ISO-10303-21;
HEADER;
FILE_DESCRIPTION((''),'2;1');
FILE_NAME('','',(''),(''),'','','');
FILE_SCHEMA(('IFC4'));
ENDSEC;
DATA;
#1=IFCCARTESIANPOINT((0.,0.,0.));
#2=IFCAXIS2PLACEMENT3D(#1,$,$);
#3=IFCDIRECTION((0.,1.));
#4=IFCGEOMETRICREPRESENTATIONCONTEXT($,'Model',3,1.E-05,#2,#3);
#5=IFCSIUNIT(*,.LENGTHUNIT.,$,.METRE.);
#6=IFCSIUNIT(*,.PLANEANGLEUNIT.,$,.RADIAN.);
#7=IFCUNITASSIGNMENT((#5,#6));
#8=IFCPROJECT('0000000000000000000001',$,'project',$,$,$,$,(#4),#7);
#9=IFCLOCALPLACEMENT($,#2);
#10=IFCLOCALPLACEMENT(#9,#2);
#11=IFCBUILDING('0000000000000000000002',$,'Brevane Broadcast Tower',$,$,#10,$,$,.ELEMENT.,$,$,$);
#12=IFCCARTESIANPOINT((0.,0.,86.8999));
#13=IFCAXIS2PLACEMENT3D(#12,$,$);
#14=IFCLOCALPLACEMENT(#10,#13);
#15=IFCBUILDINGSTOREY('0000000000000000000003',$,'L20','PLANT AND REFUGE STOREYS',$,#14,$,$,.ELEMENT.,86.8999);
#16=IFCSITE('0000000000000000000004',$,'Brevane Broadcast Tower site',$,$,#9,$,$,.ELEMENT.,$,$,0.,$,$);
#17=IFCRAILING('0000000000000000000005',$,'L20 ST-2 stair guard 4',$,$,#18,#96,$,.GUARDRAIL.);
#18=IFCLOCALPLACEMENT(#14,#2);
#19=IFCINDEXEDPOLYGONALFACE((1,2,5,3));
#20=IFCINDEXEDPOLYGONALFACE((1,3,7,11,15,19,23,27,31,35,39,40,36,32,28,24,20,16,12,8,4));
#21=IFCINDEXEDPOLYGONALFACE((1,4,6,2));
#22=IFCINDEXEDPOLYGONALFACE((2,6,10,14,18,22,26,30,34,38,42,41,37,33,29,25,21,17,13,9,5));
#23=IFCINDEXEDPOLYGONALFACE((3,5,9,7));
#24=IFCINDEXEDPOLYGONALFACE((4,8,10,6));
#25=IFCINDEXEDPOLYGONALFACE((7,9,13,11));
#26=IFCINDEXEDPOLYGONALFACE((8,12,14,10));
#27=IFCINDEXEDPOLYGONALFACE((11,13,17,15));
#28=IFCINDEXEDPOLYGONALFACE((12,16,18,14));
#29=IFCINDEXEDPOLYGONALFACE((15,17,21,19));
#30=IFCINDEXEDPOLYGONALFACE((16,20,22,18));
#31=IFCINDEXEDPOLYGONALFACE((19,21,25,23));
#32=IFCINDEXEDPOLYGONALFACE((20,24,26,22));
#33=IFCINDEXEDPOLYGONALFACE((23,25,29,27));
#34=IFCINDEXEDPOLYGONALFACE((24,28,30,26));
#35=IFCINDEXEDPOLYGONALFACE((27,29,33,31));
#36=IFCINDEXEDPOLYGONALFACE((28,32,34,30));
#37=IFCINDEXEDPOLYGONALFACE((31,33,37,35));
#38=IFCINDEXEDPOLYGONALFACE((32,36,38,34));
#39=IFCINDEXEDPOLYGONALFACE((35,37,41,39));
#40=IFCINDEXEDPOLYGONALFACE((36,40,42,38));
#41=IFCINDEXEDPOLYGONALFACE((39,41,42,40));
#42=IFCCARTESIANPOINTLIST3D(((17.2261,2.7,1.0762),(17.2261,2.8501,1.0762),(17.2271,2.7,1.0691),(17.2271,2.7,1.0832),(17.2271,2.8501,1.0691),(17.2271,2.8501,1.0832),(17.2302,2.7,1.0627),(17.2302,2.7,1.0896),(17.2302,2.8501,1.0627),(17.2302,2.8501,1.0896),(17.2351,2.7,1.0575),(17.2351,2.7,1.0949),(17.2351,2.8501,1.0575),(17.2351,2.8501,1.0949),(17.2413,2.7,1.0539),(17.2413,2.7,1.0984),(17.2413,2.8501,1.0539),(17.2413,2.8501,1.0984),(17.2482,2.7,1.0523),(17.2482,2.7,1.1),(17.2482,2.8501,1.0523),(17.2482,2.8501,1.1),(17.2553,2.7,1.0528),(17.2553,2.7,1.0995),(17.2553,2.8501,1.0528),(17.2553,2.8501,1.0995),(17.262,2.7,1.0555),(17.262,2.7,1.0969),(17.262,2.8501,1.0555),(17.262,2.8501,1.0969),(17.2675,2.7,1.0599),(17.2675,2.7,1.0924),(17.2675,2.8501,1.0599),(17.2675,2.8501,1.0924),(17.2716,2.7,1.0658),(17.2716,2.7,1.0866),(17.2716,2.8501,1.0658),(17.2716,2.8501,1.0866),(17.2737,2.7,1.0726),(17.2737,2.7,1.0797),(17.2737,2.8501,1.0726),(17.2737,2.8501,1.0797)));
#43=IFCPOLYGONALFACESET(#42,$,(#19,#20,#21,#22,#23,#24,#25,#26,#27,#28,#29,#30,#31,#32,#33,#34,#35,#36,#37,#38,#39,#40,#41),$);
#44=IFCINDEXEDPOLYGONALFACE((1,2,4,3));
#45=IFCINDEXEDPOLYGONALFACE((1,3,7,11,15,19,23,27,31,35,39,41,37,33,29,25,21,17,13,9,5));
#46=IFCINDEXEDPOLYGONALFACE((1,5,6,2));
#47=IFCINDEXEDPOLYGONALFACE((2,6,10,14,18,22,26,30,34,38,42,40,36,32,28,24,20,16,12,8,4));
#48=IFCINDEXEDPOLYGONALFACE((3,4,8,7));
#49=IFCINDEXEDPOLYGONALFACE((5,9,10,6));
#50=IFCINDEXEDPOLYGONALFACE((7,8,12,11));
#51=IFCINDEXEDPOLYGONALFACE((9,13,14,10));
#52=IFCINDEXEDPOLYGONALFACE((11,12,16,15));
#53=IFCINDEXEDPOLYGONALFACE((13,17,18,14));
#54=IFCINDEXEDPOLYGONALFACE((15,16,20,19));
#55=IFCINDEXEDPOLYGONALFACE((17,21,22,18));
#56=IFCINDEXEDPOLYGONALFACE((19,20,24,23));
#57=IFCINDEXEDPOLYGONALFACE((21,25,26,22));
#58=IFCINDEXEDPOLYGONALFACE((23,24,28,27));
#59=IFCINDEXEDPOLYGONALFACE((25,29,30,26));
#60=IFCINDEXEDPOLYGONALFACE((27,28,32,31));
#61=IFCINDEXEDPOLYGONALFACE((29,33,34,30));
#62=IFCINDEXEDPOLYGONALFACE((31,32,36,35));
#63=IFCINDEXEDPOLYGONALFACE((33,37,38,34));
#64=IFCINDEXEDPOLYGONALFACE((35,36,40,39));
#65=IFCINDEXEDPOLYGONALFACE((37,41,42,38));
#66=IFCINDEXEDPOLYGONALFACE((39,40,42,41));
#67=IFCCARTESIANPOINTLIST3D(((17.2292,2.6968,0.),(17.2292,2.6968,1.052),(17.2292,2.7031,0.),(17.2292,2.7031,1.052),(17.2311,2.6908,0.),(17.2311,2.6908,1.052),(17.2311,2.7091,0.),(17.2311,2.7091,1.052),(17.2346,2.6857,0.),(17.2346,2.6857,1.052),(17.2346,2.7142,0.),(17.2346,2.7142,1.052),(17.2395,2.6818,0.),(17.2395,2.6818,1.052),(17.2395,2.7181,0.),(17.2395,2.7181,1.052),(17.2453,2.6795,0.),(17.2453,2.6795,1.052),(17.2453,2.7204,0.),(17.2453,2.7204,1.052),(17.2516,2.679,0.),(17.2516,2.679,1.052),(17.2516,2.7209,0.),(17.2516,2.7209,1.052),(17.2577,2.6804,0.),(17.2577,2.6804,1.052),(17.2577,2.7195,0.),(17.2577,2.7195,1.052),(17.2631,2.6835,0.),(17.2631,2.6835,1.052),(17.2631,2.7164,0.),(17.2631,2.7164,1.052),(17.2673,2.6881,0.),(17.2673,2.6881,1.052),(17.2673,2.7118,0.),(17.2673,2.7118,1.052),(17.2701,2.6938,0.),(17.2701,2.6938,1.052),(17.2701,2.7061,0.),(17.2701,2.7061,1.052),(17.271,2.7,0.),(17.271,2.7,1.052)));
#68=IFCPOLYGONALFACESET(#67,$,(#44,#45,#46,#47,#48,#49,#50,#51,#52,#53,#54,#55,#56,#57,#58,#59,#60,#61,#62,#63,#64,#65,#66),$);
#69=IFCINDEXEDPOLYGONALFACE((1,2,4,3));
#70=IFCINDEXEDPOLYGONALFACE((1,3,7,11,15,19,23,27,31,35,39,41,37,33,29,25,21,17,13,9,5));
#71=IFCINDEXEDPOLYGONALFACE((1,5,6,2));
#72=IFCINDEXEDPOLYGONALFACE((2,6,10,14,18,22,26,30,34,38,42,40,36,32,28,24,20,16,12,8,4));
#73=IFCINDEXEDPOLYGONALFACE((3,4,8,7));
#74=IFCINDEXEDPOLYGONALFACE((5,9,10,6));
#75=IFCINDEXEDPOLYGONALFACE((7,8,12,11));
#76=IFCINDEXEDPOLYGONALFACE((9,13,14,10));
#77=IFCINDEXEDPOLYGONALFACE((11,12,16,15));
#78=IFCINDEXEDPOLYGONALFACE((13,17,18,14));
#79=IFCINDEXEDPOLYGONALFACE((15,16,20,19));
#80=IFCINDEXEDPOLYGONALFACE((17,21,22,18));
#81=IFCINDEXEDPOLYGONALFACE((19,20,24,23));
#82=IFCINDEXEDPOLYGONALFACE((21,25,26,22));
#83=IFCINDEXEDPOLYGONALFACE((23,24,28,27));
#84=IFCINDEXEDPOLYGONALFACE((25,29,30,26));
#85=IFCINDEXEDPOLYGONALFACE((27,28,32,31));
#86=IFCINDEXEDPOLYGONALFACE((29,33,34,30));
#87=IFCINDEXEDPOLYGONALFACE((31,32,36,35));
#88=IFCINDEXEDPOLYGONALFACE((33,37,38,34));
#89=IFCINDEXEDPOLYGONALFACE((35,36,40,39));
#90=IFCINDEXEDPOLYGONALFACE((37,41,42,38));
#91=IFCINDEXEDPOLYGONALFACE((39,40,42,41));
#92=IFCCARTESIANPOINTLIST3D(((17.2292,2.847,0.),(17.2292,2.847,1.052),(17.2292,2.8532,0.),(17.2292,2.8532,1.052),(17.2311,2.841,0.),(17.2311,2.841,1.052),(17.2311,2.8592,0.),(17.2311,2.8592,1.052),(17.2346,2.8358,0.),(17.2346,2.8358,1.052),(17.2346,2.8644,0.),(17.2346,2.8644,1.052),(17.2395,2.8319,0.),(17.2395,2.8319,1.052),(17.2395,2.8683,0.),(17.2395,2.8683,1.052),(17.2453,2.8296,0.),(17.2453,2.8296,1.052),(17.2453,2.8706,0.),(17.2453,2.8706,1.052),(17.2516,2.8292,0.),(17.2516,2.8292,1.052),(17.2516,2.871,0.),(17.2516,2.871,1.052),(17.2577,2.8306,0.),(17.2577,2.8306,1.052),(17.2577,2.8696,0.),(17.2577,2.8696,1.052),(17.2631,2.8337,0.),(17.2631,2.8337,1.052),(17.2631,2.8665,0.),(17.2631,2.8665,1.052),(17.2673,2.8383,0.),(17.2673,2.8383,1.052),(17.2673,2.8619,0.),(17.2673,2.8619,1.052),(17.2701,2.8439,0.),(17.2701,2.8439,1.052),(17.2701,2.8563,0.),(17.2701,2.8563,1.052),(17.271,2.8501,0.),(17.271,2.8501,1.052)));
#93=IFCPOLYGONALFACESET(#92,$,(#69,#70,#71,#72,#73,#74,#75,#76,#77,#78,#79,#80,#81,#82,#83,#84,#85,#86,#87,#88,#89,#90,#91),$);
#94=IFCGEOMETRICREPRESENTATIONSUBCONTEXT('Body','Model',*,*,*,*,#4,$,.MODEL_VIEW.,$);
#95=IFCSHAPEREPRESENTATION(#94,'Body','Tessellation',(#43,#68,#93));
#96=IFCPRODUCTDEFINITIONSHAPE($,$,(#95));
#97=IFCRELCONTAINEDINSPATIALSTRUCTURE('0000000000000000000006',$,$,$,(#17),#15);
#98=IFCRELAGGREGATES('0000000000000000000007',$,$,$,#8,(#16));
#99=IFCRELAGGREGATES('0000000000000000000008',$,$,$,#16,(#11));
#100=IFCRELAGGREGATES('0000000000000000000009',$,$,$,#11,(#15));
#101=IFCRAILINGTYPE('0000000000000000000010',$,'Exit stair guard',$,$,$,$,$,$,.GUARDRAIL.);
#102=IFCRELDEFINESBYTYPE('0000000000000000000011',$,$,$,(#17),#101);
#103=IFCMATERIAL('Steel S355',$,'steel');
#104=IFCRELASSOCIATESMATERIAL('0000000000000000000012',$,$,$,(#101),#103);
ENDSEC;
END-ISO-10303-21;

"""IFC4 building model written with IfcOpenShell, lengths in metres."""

from ifc_helpers import new_model, si_unit, direction, frame, origin, origin_2d, place, context, subcontext, project, spatial, circle, extrude, material, type_object, element, save


model = new_model("IFC4")

# Units and contexts
model_context = context("Model", 3, precision=1e-05, world=origin(), true_north=direction((0.0, 1.0)))
body_context = subcontext(model_context, "Body", "Model", "MODEL_VIEW")
ifc_project = project(units=[si_unit("LENGTHUNIT", "METRE"), si_unit("PLANEANGLEUNIT", "RADIAN")], contexts=[model_context])

# Site, building, storey
site_placement = place(None, origin())
site = spatial("IfcSite", under=ifc_project, at=site_placement, Name="Brevane Broadcast Tower site", CompositionType="ELEMENT", RefElevation=0.0)
building_placement = place(site_placement, origin())
building = spatial("IfcBuilding", under=site, at=building_placement, Name="Brevane Broadcast Tower", CompositionType="ELEMENT")
storey_placement = place(building_placement, frame((0.0, 0.0, 86.8999)))
storey = spatial("IfcBuildingStorey", under=building, at=storey_placement, Name="L20", Description="PLANT AND REFUGE STOREYS", CompositionType="ELEMENT", Elevation=86.8999)

# Railing
ifc_material_1 = material(Name="Steel S355", Category="steel")
railing_type = type_object("IfcRailingType", Name="Exit stair guard", PredefinedType="GUARDRAIL", material=ifc_material_1)
railing_1_placement = place(storey_placement, frame((17.25, 2.7, 0.0)))
element("IfcRailing", 1, at=railing_1_placement, inside=storey, type_object=railing_type, Name="L20 ST-2 stair guard 4", PredefinedType="GUARDRAIL", context=body_context, shape_type="SweptSolid", body=[
    extrude(circle(Radius=0.0239, at=origin_2d()), frame((0.0, 0.0, 1.0762), z_axis=(0.0, 1.0, 0.0), x_axis=(-1.0, 0.0, 0.0)), (0.0, 0.0, 1.0), 0.1501),
    extrude(circle(Radius=0.021, at=origin_2d()), origin(), (0.0, 0.0, 1.0), 1.052),
    extrude(circle(Radius=0.021, at=origin_2d()), frame((0.0, 0.1501, 0.0)), (0.0, 0.0, 1.0), 1.052),
])

save(model, "model.ifc")
